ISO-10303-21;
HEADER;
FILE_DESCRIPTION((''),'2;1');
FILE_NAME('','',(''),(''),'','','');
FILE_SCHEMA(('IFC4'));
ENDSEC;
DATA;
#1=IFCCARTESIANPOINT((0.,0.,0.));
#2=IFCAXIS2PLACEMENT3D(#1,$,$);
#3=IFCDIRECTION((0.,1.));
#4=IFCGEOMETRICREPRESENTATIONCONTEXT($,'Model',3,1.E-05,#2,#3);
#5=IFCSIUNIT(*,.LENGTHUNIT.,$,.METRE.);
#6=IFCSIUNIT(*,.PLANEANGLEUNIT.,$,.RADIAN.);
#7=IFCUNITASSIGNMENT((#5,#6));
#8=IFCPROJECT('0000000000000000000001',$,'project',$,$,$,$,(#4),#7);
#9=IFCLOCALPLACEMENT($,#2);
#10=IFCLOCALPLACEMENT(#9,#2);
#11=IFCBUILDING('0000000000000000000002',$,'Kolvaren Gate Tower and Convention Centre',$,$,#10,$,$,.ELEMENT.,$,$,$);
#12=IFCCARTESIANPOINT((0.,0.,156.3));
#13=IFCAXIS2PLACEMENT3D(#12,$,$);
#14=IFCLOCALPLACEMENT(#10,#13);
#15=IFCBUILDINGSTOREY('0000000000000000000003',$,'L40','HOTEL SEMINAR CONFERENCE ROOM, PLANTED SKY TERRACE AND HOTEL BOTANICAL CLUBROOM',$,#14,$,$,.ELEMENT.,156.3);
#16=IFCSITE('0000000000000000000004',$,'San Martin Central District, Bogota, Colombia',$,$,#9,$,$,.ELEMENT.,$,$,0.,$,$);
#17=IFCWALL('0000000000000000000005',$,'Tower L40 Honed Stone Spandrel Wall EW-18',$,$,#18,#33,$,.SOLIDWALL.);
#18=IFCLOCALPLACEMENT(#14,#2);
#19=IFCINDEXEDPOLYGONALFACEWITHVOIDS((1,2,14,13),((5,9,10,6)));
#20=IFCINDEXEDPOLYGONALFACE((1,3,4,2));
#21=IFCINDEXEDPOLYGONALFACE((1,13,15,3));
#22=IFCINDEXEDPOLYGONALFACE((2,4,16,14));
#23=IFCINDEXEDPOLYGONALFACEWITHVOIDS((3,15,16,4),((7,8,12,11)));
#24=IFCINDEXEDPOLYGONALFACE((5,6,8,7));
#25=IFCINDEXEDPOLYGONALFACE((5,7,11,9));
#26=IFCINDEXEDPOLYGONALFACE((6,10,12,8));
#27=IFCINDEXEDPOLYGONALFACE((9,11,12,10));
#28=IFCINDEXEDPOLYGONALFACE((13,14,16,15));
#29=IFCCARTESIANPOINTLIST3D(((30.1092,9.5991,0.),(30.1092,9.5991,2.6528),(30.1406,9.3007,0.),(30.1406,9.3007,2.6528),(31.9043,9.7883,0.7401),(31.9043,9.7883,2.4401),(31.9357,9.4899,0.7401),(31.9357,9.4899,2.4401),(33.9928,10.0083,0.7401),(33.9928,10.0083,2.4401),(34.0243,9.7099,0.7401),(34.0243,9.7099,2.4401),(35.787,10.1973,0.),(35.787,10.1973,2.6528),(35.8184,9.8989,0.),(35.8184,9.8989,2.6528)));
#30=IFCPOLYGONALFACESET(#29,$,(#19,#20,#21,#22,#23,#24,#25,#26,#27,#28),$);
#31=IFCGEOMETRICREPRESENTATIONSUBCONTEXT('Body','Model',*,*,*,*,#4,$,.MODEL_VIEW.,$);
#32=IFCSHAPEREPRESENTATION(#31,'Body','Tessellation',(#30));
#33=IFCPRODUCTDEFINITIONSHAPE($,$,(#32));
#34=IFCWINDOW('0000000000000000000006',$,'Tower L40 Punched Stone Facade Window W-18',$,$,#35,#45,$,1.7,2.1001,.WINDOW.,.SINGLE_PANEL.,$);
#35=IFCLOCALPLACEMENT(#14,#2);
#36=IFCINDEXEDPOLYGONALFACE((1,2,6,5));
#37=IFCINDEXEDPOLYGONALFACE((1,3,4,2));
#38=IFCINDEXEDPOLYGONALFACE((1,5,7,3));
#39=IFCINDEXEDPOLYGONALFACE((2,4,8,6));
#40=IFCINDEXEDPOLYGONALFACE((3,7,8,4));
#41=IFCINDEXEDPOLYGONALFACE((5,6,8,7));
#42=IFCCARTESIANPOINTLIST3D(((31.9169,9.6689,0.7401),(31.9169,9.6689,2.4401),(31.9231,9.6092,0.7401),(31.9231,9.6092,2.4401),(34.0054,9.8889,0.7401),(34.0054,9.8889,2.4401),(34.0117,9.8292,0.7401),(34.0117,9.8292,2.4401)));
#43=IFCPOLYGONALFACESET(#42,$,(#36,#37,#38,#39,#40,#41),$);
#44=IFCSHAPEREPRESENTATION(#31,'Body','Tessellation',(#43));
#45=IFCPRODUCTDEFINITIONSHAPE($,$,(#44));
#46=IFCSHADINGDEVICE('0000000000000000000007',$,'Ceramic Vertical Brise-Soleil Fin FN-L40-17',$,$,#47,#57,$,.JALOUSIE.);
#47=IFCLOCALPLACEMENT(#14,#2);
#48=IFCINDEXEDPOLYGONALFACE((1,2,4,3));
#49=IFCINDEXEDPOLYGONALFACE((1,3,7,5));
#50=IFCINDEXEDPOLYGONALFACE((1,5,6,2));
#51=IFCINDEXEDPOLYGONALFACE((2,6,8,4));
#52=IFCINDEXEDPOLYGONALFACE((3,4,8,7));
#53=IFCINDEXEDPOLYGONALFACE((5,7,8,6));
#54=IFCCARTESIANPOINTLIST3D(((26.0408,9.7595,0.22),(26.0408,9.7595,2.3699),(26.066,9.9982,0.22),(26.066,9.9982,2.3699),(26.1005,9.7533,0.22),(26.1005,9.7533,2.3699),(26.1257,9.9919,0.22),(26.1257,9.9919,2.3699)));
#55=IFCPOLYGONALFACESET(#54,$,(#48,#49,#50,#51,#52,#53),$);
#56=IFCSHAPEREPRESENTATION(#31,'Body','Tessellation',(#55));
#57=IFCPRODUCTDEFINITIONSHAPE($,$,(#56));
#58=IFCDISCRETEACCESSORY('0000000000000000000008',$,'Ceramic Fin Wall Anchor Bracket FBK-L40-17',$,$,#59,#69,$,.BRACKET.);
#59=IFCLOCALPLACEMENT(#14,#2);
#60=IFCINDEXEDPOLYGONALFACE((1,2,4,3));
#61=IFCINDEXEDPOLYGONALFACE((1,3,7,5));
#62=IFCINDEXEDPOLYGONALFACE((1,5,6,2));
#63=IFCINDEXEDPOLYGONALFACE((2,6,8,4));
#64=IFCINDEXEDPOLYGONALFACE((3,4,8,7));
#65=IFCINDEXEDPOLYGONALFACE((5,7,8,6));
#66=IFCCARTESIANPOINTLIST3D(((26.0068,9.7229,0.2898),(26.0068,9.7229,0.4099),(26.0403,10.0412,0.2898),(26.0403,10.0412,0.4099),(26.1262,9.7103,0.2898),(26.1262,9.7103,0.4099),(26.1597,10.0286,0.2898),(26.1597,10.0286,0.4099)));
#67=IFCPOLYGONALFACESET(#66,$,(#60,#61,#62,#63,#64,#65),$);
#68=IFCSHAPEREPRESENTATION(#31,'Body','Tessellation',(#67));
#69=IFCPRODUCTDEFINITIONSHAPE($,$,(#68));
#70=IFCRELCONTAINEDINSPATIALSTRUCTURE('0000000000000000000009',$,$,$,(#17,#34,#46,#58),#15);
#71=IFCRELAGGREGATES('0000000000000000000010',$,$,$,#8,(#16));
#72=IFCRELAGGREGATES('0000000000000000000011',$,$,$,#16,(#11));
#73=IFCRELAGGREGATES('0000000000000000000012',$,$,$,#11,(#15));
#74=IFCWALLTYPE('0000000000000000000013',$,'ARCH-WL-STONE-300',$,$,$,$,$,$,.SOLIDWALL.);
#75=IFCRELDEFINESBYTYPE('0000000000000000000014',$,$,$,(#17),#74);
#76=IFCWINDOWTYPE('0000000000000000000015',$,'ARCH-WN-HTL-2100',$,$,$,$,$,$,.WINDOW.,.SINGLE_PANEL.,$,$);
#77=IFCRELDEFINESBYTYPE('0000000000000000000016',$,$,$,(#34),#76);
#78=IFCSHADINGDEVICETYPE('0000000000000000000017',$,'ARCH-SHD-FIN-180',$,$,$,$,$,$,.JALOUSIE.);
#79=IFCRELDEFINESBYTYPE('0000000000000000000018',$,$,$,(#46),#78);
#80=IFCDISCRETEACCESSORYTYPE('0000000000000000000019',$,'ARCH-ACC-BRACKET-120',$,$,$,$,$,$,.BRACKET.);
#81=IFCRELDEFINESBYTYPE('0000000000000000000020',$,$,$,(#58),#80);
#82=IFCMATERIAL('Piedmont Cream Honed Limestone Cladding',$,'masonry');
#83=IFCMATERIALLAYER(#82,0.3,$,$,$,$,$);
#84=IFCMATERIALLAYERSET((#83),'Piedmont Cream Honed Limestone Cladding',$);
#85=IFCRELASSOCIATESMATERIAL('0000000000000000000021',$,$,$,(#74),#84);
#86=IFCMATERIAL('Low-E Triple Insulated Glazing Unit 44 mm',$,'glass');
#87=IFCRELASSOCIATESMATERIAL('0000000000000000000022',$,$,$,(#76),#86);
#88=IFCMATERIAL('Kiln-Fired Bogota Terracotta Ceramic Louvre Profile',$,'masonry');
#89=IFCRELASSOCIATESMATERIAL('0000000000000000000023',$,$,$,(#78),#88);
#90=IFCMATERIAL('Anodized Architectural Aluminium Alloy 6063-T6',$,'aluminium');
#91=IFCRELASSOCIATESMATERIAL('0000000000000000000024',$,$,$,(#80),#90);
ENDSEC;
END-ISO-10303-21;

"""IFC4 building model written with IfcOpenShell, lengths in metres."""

from ifc_helpers import new_model, si_unit, direction, frame, frame_2d, origin, origin_2d, place, context, subcontext, project, spatial, rectangle, extrude, material, layer, layer_set, type_object, element, fill, save


model = new_model("IFC4")

# Units and contexts
model_context = context("Model", 3, precision=1e-05, world=origin(), true_north=direction((0.0, 1.0)))
body_context = subcontext(model_context, "Body", "Model", "MODEL_VIEW")
ifc_project = project(units=[si_unit("LENGTHUNIT", "METRE"), si_unit("PLANEANGLEUNIT", "RADIAN")], contexts=[model_context])

# Site, building, storey
site_placement = place(None, origin())
site = spatial("IfcSite", under=ifc_project, at=site_placement, Name="San Martin Central District, Bogota, Colombia", CompositionType="ELEMENT", RefElevation=0.0)
building_placement = place(site_placement, origin())
building = spatial("IfcBuilding", under=site, at=building_placement, Name="Kolvaren Gate Tower and Convention Centre", CompositionType="ELEMENT")
storey_placement = place(building_placement, frame((0.0, 0.0, 156.3)))
storey = spatial("IfcBuildingStorey", under=building, at=storey_placement, Name="L40", Description="HOTEL SEMINAR CONFERENCE ROOM, PLANTED SKY TERRACE AND HOTEL BOTANICAL CLUBROOM", CompositionType="ELEMENT", Elevation=156.3)

# Wall, opening, window
ifc_material_1 = material(Name="Piedmont Cream Honed Limestone Cladding", Category="masonry")
ifc_layer_1 = layer(ifc_material_1, 0.3)
ifc_layer_set_1 = layer_set([ifc_layer_1], Name="Piedmont Cream Honed Limestone Cladding")
wall_type_1 = type_object("IfcWallType", Name="ARCH-WL-STONE-300", PredefinedType="SOLIDWALL", material=ifc_layer_set_1)
wall_1_placement = place(storey_placement, frame((30.125, 9.45, 0.0), z_axis=(0.0, 0.0, 1.0), x_axis=(0.994497, 0.104769, 0.0)))
wall_1 = element("IfcWall", 1, at=wall_1_placement, inside=storey, type_object=wall_type_1, Name="Tower L40 Honed Stone Spandrel Wall EW-18", PredefinedType="SOLIDWALL", context=body_context, shape_type="SweptSolid", body=[
    extrude(rectangle(XDim=5.7092, YDim=0.3, at=frame_2d((2.8545, 0.0))), origin(), (0.0, 0.0, 1.0), 2.6528),
])
opening_1_placement = place(wall_1_placement, frame((1.8049, 0.0, 0.74)))
opening_1 = element("IfcOpeningElement", 2, at=opening_1_placement, cuts=wall_1, PredefinedType="OPENING", context=body_context, shape_type="SweptSolid", body=[
    extrude(rectangle(XDim=2.1001, YDim=1.7, at=frame_2d((1.05, 0.8501))), frame((0.0, 0.1599, 0.0), z_axis=(0.0, -1.0, 0.0), x_axis=(1.0, 0.0, 0.0)), (0.0, 0.0, 1.0), 0.3201),
])
ifc_material_2 = material(Name="Low-E Triple Insulated Glazing Unit 44 mm", Category="glass")
window_type = type_object("IfcWindowType", Name="ARCH-WN-HTL-2100", PartitioningType="SINGLE_PANEL", PredefinedType="WINDOW", material=ifc_material_2)
window_placement = place(opening_1_placement, origin())
window = element("IfcWindow", 3, at=window_placement, inside=storey, type_object=window_type, Name="Tower L40 Punched Stone Facade Window W-18", OverallHeight=1.7, OverallWidth=2.1001, PartitioningType="SINGLE_PANEL", PredefinedType="WINDOW", context=body_context, shape_type="SweptSolid", body=[
    extrude(rectangle(XDim=2.1001, YDim=1.7, at=frame_2d((1.05, 0.8501))), frame((0.0, 0.03, 0.0), z_axis=(0.0, -1.0, 0.0), x_axis=(1.0, 0.0, 0.0)), (0.0, 0.0, 1.0), 0.0601),
])
fill(opening_1, window)

# Shading device
ifc_material_3 = material(Name="Kiln-Fired Bogota Terracotta Ceramic Louvre Profile", Category="masonry")
shading_device_type = type_object("IfcShadingDeviceType", Name="ARCH-SHD-FIN-180", PredefinedType="JALOUSIE", material=ifc_material_3)
shading_device_placement = place(storey_placement, frame((26.0833, 9.8757, 0.22), z_axis=(0.0, 0.0, 1.0), x_axis=(0.994499, -0.104744, 0.0)))
element("IfcShadingDevice", 4, at=shading_device_placement, inside=storey, type_object=shading_device_type, Name="Ceramic Vertical Brise-Soleil Fin FN-L40-17", PredefinedType="JALOUSIE", context=body_context, shape_type="SweptSolid", body=[
    extrude(rectangle(XDim=0.0601, YDim=0.24, at=origin_2d()), origin(), (0.0, 0.0, 1.0), 2.1499),
])

# Discrete accessory
ifc_material_4 = material(Name="Anodized Architectural Aluminium Alloy 6063-T6", Category="aluminium")
discrete_accessory_type = type_object("IfcDiscreteAccessoryType", Name="ARCH-ACC-BRACKET-120", PredefinedType="BRACKET", material=ifc_material_4)
discrete_accessory_placement = place(storey_placement, frame((26.0833, 9.8757, 0.2898), z_axis=(0.0, 0.0, 1.0), x_axis=(0.994499, -0.104744, 0.0)))
element("IfcDiscreteAccessory", 5, at=discrete_accessory_placement, inside=storey, type_object=discrete_accessory_type, Name="Ceramic Fin Wall Anchor Bracket FBK-L40-17", PredefinedType="BRACKET", context=body_context, shape_type="SweptSolid", body=[
    extrude(rectangle(XDim=0.1201, YDim=0.3201, at=origin_2d()), origin(), (0.0, 0.0, 1.0), 0.1201),
])

save(model, "model.ifc")
